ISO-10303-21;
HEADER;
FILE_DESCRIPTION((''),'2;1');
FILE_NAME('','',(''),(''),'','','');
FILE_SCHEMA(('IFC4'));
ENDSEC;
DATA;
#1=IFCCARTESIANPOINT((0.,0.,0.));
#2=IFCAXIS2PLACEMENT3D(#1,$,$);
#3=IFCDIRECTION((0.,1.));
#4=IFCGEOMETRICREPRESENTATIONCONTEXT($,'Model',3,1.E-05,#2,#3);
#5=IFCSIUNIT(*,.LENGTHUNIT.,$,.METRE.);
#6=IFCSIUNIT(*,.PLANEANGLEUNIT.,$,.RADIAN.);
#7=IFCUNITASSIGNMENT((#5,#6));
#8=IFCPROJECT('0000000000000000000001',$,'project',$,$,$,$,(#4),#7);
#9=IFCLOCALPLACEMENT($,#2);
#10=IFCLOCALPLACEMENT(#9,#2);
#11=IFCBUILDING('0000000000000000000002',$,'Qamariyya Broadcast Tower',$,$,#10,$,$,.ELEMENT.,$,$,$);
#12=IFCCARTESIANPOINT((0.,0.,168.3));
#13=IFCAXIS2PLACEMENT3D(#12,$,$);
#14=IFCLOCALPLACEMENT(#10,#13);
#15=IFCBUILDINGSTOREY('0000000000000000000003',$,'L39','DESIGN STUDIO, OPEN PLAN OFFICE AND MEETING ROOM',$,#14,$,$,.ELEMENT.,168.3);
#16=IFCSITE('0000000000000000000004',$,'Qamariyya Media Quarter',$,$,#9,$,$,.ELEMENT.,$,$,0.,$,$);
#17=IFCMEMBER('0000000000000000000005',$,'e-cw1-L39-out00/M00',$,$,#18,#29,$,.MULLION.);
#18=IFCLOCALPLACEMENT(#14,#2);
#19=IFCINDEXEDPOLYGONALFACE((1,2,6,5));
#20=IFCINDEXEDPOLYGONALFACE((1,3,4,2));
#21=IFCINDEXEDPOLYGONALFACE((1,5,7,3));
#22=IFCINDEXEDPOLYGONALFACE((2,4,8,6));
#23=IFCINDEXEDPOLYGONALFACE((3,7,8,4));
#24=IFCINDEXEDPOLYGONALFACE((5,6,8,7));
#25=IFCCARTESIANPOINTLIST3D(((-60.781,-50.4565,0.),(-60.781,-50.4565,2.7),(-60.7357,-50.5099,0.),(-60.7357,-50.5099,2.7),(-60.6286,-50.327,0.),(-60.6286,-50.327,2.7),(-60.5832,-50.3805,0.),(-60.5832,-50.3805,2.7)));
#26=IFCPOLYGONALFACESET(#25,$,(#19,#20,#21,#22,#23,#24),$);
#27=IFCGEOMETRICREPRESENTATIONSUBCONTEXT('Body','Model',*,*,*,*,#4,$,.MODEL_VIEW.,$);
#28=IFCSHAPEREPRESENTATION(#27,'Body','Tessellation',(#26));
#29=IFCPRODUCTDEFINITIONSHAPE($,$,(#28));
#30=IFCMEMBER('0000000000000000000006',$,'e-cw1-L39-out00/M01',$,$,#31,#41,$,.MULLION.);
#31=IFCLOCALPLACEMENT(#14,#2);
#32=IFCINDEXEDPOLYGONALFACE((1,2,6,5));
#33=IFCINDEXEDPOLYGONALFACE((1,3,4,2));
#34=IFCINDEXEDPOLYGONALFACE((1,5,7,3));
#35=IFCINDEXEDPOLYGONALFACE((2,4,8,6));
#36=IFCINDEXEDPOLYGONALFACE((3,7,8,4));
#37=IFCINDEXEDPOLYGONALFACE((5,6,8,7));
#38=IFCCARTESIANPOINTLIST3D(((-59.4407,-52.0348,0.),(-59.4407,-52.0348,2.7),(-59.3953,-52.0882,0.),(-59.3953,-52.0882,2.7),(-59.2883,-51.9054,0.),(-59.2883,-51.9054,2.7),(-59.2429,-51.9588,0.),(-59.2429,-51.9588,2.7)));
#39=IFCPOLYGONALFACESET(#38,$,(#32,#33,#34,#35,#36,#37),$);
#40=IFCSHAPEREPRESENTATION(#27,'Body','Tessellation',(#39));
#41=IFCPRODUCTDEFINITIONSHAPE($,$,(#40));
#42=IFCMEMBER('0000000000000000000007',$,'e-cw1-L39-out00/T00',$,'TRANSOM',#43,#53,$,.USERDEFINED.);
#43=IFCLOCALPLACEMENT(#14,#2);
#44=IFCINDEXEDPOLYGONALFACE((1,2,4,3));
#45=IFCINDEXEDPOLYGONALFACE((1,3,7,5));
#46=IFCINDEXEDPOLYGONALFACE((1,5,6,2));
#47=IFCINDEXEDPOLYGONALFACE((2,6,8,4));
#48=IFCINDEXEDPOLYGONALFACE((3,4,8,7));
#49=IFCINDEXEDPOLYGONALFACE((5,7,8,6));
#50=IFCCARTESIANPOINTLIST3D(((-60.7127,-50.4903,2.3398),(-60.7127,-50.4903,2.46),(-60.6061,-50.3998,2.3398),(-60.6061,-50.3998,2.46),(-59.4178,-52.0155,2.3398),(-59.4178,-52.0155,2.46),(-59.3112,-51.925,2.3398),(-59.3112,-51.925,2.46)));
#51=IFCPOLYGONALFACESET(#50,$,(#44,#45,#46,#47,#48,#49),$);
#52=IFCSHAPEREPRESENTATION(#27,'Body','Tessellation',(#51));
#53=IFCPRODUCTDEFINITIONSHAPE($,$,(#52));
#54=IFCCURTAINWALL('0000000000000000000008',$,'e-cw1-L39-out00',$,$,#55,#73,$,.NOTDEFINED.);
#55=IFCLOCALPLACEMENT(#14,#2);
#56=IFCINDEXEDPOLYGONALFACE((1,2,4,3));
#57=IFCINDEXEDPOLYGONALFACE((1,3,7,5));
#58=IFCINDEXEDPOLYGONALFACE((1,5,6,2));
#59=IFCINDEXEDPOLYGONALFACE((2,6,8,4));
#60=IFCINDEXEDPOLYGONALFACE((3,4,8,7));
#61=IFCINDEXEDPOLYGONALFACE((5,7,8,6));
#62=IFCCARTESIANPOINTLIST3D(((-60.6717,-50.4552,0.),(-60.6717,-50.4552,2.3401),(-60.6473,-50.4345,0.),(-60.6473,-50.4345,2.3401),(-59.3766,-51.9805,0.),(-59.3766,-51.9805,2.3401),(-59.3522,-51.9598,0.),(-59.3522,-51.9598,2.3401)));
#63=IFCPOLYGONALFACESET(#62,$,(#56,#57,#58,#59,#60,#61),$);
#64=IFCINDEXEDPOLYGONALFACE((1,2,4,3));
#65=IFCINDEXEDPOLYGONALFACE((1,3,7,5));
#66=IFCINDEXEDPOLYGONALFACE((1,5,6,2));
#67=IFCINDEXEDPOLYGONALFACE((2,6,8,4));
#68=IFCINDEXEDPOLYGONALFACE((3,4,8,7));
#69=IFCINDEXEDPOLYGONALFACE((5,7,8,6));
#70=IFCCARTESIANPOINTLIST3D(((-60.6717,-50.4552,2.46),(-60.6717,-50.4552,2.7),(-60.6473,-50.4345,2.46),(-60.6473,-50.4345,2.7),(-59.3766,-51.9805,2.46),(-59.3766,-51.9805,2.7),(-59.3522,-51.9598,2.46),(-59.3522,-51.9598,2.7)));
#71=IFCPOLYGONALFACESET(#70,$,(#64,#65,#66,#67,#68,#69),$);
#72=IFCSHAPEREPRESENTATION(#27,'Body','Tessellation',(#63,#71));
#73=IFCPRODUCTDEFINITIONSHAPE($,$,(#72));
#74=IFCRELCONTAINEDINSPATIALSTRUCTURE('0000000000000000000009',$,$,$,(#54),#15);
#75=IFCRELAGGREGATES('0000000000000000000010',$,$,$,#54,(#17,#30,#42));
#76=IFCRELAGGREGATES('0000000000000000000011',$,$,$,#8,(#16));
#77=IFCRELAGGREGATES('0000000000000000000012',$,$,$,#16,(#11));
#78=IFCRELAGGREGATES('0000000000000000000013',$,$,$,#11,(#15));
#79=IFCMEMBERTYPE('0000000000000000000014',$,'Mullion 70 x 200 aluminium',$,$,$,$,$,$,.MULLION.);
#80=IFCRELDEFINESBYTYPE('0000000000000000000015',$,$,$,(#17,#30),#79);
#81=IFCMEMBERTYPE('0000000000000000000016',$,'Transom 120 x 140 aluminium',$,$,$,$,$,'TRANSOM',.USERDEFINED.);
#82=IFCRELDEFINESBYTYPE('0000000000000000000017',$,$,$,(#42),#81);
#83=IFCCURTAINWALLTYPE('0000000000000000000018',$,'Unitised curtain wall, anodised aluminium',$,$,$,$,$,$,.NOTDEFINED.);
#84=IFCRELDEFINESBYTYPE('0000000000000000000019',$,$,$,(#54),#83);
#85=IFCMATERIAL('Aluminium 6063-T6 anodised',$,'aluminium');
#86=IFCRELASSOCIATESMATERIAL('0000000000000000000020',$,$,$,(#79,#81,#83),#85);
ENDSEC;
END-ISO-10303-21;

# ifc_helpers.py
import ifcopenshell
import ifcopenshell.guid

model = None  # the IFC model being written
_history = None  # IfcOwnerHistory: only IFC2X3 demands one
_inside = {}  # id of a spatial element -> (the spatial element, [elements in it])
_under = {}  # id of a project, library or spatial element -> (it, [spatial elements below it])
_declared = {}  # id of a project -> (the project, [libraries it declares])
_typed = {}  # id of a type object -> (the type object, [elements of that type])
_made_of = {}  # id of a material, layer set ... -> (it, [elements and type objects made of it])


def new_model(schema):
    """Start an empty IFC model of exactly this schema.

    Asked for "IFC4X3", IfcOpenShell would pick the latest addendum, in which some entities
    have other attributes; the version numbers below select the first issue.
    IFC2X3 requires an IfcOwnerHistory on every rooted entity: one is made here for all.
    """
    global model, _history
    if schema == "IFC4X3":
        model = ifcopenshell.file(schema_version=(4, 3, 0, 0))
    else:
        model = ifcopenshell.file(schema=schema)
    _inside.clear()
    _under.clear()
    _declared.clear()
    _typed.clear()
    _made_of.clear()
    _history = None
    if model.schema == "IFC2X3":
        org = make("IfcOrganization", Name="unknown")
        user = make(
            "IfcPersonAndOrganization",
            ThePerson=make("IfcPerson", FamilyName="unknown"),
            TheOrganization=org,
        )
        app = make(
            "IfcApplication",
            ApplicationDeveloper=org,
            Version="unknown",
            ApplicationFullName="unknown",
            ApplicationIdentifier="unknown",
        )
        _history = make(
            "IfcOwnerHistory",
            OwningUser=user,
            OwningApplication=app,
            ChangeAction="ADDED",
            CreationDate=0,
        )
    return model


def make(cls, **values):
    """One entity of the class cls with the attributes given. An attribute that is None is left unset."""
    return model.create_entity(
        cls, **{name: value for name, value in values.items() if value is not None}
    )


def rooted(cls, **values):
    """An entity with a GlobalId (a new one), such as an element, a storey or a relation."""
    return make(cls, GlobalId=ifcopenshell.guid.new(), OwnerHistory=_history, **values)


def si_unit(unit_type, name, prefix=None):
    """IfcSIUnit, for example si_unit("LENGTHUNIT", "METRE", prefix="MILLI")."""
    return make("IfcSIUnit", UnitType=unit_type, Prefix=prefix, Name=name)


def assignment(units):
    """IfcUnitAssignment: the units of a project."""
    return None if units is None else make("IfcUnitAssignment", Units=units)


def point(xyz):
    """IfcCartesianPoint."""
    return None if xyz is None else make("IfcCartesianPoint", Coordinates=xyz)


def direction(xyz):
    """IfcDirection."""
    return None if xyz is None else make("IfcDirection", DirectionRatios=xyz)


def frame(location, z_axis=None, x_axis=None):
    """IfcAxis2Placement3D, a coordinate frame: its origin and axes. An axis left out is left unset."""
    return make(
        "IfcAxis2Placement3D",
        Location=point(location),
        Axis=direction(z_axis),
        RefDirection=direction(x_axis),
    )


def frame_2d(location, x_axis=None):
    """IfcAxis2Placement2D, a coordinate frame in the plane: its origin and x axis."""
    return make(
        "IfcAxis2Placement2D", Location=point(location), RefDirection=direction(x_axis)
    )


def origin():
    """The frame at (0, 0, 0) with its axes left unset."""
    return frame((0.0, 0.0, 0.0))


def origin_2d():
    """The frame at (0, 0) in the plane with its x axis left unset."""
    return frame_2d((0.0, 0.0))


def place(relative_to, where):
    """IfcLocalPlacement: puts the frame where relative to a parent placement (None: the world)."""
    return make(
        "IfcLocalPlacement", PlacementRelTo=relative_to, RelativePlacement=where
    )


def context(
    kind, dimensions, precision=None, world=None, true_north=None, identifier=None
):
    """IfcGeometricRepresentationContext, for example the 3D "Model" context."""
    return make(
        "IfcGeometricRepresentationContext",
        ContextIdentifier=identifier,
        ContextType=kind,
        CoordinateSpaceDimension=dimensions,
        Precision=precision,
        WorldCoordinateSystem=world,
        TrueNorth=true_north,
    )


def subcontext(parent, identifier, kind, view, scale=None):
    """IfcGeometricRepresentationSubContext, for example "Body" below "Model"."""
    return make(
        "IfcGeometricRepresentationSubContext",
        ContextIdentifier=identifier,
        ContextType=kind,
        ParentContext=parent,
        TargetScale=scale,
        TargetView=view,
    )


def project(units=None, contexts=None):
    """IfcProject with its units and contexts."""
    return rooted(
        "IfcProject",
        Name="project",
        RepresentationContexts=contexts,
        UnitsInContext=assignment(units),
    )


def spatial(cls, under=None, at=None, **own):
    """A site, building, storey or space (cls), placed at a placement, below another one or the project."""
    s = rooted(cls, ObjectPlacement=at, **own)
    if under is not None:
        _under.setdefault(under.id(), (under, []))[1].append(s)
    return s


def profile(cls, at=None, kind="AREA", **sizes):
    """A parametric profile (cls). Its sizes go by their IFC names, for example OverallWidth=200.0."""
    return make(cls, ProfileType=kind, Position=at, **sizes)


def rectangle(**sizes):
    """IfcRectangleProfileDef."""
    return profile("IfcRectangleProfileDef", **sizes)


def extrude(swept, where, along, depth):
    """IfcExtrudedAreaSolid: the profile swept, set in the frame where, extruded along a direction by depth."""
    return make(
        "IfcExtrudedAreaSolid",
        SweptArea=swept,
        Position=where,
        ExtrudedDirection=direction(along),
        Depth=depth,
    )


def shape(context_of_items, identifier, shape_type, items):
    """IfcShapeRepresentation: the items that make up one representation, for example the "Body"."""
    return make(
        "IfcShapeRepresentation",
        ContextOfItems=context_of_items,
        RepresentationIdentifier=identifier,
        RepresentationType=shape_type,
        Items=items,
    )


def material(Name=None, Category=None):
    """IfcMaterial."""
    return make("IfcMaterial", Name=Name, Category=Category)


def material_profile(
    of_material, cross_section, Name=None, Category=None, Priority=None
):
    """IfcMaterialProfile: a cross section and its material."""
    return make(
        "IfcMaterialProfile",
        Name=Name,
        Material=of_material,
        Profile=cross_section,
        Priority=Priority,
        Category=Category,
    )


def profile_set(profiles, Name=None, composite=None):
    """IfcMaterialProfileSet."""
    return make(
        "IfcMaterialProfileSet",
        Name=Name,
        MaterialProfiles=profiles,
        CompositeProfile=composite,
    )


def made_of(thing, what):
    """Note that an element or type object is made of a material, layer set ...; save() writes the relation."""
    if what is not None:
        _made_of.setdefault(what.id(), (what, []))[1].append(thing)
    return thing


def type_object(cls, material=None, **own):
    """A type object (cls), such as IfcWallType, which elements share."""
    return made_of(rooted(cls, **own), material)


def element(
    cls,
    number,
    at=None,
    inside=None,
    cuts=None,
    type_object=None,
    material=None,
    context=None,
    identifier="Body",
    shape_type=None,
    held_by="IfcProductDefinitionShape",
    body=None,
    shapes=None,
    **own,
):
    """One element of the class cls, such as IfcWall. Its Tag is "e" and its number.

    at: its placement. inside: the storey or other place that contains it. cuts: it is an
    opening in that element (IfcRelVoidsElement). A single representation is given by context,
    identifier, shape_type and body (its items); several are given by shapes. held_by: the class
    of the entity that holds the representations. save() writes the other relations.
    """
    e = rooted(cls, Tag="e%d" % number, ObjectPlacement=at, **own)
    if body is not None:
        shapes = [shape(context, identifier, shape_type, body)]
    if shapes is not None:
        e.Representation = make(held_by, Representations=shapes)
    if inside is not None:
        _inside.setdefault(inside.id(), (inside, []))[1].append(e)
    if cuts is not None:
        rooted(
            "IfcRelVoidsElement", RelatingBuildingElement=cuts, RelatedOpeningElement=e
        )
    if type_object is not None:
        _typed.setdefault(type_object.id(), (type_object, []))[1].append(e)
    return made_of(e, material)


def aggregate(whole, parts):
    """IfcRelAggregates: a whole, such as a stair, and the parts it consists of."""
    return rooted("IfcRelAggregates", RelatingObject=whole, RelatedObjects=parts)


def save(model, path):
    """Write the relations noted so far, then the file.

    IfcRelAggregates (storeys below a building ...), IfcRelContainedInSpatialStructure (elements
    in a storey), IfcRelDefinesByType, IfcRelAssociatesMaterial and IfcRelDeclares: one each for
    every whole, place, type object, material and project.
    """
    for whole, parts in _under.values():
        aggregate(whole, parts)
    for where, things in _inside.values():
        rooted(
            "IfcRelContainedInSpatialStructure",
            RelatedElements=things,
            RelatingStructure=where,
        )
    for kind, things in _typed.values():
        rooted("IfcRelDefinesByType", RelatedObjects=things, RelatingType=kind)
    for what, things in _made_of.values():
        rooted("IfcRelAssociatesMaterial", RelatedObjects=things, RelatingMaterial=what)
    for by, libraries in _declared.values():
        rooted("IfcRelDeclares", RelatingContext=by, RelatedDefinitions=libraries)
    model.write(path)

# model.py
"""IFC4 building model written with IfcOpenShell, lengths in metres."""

from ifc_helpers import new_model, si_unit, direction, frame, origin, origin_2d, place, context, subcontext, project, spatial, rectangle, extrude, material, material_profile, profile_set, type_object, element, aggregate, save


model = new_model("IFC4")

# Units and contexts
model_context = context("Model", 3, precision=1e-05, world=origin(), true_north=direction((0.0, 1.0)))
body_context = subcontext(model_context, "Body", "Model", "MODEL_VIEW")
ifc_project = project(units=[si_unit("LENGTHUNIT", "METRE"), si_unit("PLANEANGLEUNIT", "RADIAN")], contexts=[model_context])

# Members
ifc_material_1 = material(Name="Aluminium 6063-T6 anodised", Category="aluminium")
ifc_material_profile_1 = material_profile(ifc_material_1, rectangle(XDim=0.2, YDim=0.0701, at=origin_2d()))
ifc_profile_set_1 = profile_set([ifc_material_profile_1], Name="Aluminium 6063-T6 anodised")
member_type_1 = type_object("IfcMemberType", Name="Mullion 70 x 200 aluminium", PredefinedType="MULLION", material=ifc_profile_set_1)
site_placement = place(None, origin())
building_placement = place(site_placement, origin())
storey_placement = place(building_placement, frame((0.0, 0.0, 168.3)))
member_1_placement = place(storey_placement, frame((-60.6821, -50.4185, 0.0), z_axis=(0.0, 0.0, 1.0), x_axis=(0.762284, 0.647243, 0.0)))
member_1 = element("IfcMember", 1, at=member_1_placement, type_object=member_type_1, Name="e-cw1-L39-out00/M00", PredefinedType="MULLION", context=body_context, shape_type="SweptSolid", body=[
    extrude(rectangle(XDim=0.2, YDim=0.0701, at=origin_2d()), origin(), (0.0, 0.0, 1.0), 2.7),
])
member_2_placement = place(storey_placement, frame((-59.3418, -51.9968, 0.0), z_axis=(0.0, 0.0, 1.0), x_axis=(0.762284, 0.647243, 0.0)))
member_2 = element("IfcMember", 2, at=member_2_placement, type_object=member_type_1, Name="e-cw1-L39-out00/M01", PredefinedType="MULLION", context=body_context, shape_type="SweptSolid", body=[
    extrude(rectangle(XDim=0.2, YDim=0.0701, at=origin_2d()), origin(), (0.0, 0.0, 1.0), 2.7),
])
ifc_material_profile_2 = material_profile(ifc_material_1, rectangle(XDim=0.1399, YDim=0.1201, at=origin_2d()))
ifc_profile_set_2 = profile_set([ifc_material_profile_2], Name="Aluminium 6063-T6 anodised")
member_type_2 = type_object("IfcMemberType", Name="Transom 120 x 140 aluminium", ElementType="TRANSOM", PredefinedType="USERDEFINED", material=ifc_profile_set_2)
member_3_placement = place(storey_placement, frame((-60.6594, -50.4451, 2.3999), z_axis=(0.647227, -0.762297, 0.0), x_axis=(0.762297, 0.647227, 0.0)))
member_3 = element("IfcMember", 3, at=member_3_placement, type_object=member_type_2, Name="e-cw1-L39-out00/T00", ObjectType="TRANSOM", PredefinedType="USERDEFINED", context=body_context, shape_type="SweptSolid", body=[
    extrude(rectangle(XDim=0.1399, YDim=0.1201, at=origin_2d()), origin(), (0.0, 0.0, 1.0), 2.0007),
])

# Site, building, storey
site = spatial("IfcSite", under=ifc_project, at=site_placement, Name="Qamariyya Media Quarter", CompositionType="ELEMENT", RefElevation=0.0)
building = spatial("IfcBuilding", under=site, at=building_placement, Name="Qamariyya Broadcast Tower", CompositionType="ELEMENT")
storey = spatial("IfcBuildingStorey", under=building, at=storey_placement, Name="L39", Description="DESIGN STUDIO, OPEN PLAN OFFICE AND MEETING ROOM", CompositionType="ELEMENT", Elevation=168.3)

# Curtain wall
curtain_wall_type = type_object("IfcCurtainWallType", Name="Unitised curtain wall, anodised aluminium", PredefinedType="NOTDEFINED", material=ifc_material_1)
curtain_wall_1_placement = place(storey_placement, origin())
curtain_wall_1 = element("IfcCurtainWall", 4, at=curtain_wall_1_placement, inside=storey, type_object=curtain_wall_type, Name="e-cw1-L39-out00", PredefinedType="NOTDEFINED", context=body_context, shape_type="SweptSolid", body=[
    extrude(rectangle(XDim=2.001, YDim=0.032, at=origin_2d()), frame((-60.012, -51.2075, 0.0), x_axis=(0.647235, -0.762291, 0.0)), (0.0, 0.0, 1.0), 2.3401),
    extrude(rectangle(XDim=2.001, YDim=0.032, at=origin_2d()), frame((-60.012, -51.2075, 2.46), x_axis=(0.647235, -0.762291, 0.0)), (0.0, 0.0, 1.0), 0.24),
])
aggregate(curtain_wall_1, [member_1, member_2, member_3])

save(model, "model.ifc")
